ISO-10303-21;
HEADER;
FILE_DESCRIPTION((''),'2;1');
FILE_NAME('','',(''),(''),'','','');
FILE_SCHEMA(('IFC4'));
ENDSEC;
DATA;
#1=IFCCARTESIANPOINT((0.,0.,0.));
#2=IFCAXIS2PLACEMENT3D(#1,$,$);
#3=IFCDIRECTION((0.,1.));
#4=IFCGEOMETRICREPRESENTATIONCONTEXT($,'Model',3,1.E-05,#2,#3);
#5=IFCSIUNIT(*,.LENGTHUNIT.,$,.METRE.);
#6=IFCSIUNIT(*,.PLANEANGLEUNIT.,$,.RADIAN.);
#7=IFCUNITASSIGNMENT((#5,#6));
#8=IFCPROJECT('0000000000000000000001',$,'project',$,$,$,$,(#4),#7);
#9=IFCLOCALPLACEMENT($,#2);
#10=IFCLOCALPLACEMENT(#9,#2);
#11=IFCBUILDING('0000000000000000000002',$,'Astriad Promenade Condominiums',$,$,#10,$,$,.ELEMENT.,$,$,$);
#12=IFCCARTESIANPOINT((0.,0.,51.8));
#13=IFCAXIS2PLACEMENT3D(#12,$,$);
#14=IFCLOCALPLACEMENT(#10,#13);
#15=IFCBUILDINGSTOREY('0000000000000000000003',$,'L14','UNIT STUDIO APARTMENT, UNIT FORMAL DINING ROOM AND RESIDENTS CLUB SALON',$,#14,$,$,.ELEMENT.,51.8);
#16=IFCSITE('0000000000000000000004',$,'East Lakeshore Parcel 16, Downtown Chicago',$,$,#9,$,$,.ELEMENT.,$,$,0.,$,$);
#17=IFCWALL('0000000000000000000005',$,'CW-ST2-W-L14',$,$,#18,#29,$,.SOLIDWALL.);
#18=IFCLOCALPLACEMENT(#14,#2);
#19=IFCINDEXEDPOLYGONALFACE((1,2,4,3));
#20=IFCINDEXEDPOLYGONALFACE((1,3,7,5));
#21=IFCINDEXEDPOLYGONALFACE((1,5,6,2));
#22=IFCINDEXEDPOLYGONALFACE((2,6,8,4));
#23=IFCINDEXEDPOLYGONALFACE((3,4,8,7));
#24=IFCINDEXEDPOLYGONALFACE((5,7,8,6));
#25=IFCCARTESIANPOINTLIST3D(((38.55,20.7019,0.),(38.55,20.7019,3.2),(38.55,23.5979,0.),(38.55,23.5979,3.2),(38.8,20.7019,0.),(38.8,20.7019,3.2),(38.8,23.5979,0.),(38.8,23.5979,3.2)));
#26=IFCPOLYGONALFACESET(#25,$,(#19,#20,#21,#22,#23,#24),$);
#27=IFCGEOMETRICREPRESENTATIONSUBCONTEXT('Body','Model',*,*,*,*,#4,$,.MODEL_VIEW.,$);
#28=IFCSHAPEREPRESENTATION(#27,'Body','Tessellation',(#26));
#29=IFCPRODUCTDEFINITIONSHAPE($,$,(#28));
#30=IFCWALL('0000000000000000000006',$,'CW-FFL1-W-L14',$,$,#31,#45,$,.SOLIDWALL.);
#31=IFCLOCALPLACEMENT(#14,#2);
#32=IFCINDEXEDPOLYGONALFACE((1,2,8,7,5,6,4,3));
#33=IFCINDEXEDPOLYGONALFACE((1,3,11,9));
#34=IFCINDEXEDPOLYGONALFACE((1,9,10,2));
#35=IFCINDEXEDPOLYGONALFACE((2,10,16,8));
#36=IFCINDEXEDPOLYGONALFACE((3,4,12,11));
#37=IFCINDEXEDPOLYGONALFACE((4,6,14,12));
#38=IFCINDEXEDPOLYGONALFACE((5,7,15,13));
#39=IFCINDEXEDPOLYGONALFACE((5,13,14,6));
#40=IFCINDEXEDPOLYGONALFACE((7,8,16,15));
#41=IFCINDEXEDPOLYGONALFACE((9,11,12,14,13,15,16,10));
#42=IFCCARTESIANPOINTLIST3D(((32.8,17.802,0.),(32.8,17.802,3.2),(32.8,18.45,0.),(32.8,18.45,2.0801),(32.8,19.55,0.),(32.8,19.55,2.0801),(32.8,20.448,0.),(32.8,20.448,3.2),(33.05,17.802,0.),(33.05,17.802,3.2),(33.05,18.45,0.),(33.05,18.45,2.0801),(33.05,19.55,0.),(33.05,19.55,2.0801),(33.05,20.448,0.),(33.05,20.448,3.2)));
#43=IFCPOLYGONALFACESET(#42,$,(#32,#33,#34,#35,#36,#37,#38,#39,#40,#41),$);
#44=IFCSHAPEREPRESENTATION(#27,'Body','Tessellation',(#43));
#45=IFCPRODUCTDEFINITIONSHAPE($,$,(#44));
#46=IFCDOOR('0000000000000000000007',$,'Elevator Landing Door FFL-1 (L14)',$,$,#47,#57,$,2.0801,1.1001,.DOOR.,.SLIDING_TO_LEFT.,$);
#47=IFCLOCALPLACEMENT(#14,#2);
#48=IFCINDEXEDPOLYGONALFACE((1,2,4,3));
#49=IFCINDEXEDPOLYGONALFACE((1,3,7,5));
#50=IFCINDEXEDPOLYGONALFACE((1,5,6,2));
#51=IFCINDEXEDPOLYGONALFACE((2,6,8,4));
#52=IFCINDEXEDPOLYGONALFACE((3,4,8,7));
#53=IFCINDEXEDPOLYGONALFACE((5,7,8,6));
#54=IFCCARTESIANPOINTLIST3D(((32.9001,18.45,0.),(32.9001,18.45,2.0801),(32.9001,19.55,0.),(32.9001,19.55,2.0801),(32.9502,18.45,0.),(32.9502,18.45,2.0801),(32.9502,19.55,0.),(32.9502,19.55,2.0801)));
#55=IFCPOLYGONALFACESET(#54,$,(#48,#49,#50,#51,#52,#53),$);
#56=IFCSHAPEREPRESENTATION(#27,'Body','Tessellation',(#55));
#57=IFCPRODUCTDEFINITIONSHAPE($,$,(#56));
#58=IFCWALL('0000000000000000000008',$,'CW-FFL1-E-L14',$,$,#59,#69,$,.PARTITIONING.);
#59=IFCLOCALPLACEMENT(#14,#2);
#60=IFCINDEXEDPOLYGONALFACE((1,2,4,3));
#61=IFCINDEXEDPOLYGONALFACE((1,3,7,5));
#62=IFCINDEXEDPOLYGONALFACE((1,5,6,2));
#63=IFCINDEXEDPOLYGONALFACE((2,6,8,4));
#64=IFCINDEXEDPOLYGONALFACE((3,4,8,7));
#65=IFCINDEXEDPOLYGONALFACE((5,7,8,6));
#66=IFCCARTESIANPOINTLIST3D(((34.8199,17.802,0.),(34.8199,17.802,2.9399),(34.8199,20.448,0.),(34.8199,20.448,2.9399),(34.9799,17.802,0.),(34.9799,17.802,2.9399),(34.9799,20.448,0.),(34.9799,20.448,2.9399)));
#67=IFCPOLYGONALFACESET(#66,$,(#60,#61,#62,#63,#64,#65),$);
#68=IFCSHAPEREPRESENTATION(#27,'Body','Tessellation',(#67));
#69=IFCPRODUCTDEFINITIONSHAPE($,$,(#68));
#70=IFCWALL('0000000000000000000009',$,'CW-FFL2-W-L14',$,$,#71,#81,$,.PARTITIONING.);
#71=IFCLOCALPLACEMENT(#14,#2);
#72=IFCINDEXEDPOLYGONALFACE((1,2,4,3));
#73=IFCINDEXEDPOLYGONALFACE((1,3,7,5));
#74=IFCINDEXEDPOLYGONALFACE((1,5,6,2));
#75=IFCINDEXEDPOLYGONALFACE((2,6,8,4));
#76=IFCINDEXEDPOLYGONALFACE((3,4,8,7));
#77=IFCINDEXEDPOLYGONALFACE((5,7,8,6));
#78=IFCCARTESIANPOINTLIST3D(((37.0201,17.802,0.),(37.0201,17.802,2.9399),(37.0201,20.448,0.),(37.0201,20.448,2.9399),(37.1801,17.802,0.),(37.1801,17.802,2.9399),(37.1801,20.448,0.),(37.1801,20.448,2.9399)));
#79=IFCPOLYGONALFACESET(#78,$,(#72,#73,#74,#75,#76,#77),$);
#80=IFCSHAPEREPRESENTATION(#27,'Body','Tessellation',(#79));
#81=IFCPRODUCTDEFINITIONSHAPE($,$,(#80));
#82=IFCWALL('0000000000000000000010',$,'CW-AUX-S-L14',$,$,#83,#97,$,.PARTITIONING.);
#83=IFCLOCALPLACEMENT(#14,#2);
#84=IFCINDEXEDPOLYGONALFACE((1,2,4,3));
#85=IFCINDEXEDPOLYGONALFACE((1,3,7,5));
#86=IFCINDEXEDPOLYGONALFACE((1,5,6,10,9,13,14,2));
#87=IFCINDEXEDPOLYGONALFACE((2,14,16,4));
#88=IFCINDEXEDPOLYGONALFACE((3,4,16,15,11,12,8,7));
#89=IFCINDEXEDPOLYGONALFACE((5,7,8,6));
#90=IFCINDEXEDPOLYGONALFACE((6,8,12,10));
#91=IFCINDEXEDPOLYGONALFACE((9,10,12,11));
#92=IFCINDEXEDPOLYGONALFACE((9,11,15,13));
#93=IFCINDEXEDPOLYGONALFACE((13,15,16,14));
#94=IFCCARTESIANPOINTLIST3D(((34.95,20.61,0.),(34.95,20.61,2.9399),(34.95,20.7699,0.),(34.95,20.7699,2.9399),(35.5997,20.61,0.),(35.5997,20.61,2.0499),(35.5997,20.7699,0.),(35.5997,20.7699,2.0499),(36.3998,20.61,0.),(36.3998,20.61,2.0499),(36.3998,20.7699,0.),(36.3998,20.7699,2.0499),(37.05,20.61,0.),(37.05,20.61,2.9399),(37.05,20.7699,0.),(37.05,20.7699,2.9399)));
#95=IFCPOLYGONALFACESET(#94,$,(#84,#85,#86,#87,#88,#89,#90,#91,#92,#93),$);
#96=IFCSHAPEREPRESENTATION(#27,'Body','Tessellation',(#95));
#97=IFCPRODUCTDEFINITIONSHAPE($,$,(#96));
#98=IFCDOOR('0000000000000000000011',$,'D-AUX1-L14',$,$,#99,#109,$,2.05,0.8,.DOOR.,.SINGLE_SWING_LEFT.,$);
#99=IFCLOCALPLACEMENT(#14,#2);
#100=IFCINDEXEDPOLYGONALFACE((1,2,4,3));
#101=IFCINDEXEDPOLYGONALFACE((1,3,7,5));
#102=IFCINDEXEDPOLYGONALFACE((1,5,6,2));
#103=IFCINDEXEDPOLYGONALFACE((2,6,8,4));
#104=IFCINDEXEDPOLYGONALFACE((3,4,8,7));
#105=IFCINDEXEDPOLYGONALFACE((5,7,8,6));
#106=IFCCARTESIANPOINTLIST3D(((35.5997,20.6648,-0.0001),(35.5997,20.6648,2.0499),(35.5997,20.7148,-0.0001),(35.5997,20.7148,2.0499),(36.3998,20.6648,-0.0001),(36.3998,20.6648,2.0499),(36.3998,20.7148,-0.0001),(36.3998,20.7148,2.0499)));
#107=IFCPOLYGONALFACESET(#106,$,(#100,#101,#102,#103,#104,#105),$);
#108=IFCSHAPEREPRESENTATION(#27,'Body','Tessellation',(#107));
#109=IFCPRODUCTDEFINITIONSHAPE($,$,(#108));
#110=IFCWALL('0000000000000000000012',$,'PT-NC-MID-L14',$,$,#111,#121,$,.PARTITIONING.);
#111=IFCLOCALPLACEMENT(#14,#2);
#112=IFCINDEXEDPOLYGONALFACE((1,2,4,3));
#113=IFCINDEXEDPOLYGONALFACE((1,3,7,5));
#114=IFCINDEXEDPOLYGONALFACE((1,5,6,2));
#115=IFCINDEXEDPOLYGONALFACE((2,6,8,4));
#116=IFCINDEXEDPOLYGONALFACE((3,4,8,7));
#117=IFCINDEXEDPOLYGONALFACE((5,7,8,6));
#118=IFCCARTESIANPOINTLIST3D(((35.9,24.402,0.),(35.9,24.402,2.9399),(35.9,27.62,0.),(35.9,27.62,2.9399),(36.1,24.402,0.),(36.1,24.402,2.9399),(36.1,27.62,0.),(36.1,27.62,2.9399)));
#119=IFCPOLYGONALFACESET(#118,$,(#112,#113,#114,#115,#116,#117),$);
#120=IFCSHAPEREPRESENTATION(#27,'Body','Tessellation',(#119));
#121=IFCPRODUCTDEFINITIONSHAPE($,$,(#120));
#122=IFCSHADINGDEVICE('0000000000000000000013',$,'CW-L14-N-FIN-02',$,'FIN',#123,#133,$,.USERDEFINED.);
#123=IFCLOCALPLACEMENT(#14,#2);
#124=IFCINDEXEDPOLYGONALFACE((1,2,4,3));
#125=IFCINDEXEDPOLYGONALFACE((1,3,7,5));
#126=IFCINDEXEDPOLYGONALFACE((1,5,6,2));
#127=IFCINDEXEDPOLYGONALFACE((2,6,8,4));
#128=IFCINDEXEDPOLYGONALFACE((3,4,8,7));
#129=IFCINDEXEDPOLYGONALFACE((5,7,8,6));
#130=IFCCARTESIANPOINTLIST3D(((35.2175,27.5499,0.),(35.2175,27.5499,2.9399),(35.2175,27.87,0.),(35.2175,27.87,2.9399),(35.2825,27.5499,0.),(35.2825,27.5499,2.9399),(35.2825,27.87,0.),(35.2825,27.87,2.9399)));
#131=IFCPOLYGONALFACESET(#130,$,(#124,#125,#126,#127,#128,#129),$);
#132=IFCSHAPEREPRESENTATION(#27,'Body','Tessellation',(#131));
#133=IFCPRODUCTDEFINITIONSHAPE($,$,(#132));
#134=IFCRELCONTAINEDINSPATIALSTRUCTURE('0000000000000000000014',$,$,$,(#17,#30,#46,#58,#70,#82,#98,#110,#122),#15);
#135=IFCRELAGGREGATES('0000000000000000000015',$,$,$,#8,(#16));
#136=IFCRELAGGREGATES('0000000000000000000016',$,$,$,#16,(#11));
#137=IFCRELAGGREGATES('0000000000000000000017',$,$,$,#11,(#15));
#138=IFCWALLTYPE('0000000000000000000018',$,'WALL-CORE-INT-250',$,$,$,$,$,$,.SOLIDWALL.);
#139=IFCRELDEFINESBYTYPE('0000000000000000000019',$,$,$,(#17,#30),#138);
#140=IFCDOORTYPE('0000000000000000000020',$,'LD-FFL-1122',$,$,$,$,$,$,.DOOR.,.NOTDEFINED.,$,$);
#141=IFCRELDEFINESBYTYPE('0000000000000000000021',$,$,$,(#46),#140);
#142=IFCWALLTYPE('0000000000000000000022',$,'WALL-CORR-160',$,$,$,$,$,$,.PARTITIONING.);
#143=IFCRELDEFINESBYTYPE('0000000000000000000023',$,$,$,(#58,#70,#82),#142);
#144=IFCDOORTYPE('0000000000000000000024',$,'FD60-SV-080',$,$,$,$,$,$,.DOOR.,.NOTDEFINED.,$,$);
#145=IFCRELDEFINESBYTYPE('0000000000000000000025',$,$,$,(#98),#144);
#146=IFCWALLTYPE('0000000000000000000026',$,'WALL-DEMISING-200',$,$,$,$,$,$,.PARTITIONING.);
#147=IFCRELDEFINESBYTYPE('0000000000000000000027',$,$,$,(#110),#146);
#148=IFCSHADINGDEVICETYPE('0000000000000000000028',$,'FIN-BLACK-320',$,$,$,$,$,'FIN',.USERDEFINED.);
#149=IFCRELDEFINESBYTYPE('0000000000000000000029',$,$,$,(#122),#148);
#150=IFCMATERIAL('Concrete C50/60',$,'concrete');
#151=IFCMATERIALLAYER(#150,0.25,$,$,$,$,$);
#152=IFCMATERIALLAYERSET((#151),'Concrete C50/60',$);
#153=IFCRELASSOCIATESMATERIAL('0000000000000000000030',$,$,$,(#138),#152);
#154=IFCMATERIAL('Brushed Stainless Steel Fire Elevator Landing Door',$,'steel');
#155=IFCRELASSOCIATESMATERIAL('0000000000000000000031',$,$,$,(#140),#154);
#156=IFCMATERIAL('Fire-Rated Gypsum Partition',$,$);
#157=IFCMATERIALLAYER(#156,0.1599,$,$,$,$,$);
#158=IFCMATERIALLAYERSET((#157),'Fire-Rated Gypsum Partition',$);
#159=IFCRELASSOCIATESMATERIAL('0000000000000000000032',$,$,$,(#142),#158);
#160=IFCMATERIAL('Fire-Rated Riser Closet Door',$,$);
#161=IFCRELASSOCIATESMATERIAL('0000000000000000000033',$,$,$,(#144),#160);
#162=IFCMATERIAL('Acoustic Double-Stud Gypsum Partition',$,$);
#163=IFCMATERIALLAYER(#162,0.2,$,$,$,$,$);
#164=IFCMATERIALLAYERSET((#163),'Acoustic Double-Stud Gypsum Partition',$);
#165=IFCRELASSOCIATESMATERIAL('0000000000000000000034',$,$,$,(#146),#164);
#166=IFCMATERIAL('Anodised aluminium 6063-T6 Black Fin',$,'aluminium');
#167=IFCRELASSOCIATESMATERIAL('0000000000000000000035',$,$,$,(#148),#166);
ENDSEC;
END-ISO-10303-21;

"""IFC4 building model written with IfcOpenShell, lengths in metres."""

from ifc_helpers import new_model, si_unit, direction, frame, frame_2d, origin, origin_2d, place, context, subcontext, project, spatial, rectangle, extrude, source, transform, mapped, material, layer, layer_set, type_object, type_shapes, element, fill, save


model = new_model("IFC4")

# Units and contexts
model_context = context("Model", 3, precision=1e-05, world=origin(), true_north=direction((0.0, 1.0)))
body_context = subcontext(model_context, "Body", "Model", "MODEL_VIEW")
ifc_project = project(units=[si_unit("LENGTHUNIT", "METRE"), si_unit("PLANEANGLEUNIT", "RADIAN")], contexts=[model_context])

# Site, building, storey
site_placement = place(None, origin())
site = spatial("IfcSite", under=ifc_project, at=site_placement, Name="East Lakeshore Parcel 16, Downtown Chicago", CompositionType="ELEMENT", RefElevation=0.0)
building_placement = place(site_placement, origin())
building = spatial("IfcBuilding", under=site, at=building_placement, Name="Astriad Promenade Condominiums", CompositionType="ELEMENT")
storey_placement = place(building_placement, frame((0.0, 0.0, 51.8)))
storey = spatial("IfcBuildingStorey", under=building, at=storey_placement, Name="L14", Description="UNIT STUDIO APARTMENT, UNIT FORMAL DINING ROOM AND RESIDENTS CLUB SALON", CompositionType="ELEMENT", Elevation=51.8)

# Shared definitions
ifc_material_1 = material(Name="Concrete C50/60", Category="concrete")
ifc_layer_1 = layer(ifc_material_1, 0.25)
ifc_layer_set_1 = layer_set([ifc_layer_1], Name="Concrete C50/60")
wall_type_1 = type_object("IfcWallType", Name="WALL-CORE-INT-250", PredefinedType="SOLIDWALL", material=ifc_layer_set_1)

# Wall
for number, where, z_axis, x_axis, name in (
    (1, (38.675, 20.7019, 0.0), (0.0, 0.0, 1.0), (0.0, 1.0, 0.0), "CW-ST2-W-L14"),
):
    element("IfcWall", number, at=place(storey_placement, frame(where, z_axis=z_axis, x_axis=x_axis)), inside=storey, type_object=wall_type_1, Name=name, PredefinedType="SOLIDWALL", context=body_context, shape_type="SweptSolid", body=[
        extrude(rectangle(XDim=2.896, YDim=0.25, at=frame_2d((1.448, 0.0))), origin(), (0.0, 0.0, 1.0), 3.2),
    ])

# Wall, opening, door
wall_1_placement = place(storey_placement, frame((32.925, 17.802, 0.0), z_axis=(0.0, 0.0, 1.0), x_axis=(0.0, 1.0, 0.0)))
wall_1 = element("IfcWall", 2, at=wall_1_placement, inside=storey, type_object=wall_type_1, Name="CW-FFL1-W-L14", PredefinedType="SOLIDWALL", context=body_context, shape_type="SweptSolid", body=[
    extrude(rectangle(XDim=2.646, YDim=0.25, at=frame_2d((1.323, 0.0))), origin(), (0.0, 0.0, 1.0), 3.2),
])
opening_1_placement = place(wall_1_placement, frame((0.6479, 0.0, 0.0)))
opening_1 = element("IfcOpeningElement", 3, at=opening_1_placement, cuts=wall_1, PredefinedType="OPENING", context=body_context, shape_type="SweptSolid", body=[
    extrude(rectangle(XDim=1.1001, YDim=2.0801, at=frame_2d((0.55, 1.04))), frame((0.0, 0.135, 0.0), z_axis=(0.0, -1.0, 0.0), x_axis=(1.0, 0.0, 0.0)), (0.0, 0.0, 1.0), 0.27),
])
ifc_material_2 = material(Name="Brushed Stainless Steel Fire Elevator Landing Door", Category="steel")
door_type_1 = type_object("IfcDoorType", Name="LD-FFL-1122", OperationType="NOTDEFINED", PredefinedType="DOOR", material=ifc_material_2)
shared_shape_1 = source(origin(), body_context, "Body", "SweptSolid", [
    extrude(rectangle(XDim=1.1001, YDim=2.0801, at=frame_2d((0.55, 1.04))), frame((0.0, 0.0249, 0.0), z_axis=(0.0, -1.0, 0.0), x_axis=(1.0, 0.0, 0.0)), (0.0, 0.0, 1.0), 0.05),
])
type_shapes(door_type_1, [shared_shape_1])
door_1_placement = place(opening_1_placement, origin())
door_1 = element("IfcDoor", 4, at=door_1_placement, inside=storey, type_object=door_type_1, Name="Elevator Landing Door FFL-1 (L14)", OperationType="SLIDING_TO_LEFT", OverallHeight=2.0801, OverallWidth=1.1001, PredefinedType="DOOR", context=body_context, shape_type="MappedRepresentation", body=[
    mapped(shared_shape_1, transform((0.0, 0.0, 0.0), scale=1.0)),
])
fill(opening_1, door_1)

# Walls
ifc_material_3 = material(Name="Fire-Rated Gypsum Partition")
ifc_layer_2 = layer(ifc_material_3, 0.1599)
ifc_layer_set_2 = layer_set([ifc_layer_2], Name="Fire-Rated Gypsum Partition")
wall_type_2 = type_object("IfcWallType", Name="WALL-CORR-160", PredefinedType="PARTITIONING", material=ifc_layer_set_2)
for number, where, z_axis, x_axis, name in (
    (5, (34.8999, 17.802, 0.0), (0.0, 0.0, 1.0), (0.0, 1.0, 0.0), "CW-FFL1-E-L14"),
    (6, (37.1001, 17.802, 0.0), (0.0, 0.0, 1.0), (0.0, 1.0, 0.0), "CW-FFL2-W-L14"),
):
    element("IfcWall", number, at=place(storey_placement, frame(where, z_axis=z_axis, x_axis=x_axis)), inside=storey, type_object=wall_type_2, Name=name, PredefinedType="PARTITIONING", context=body_context, shape_type="SweptSolid", body=[
        extrude(rectangle(XDim=2.646, YDim=0.1599, at=frame_2d((1.323, 0.0))), origin(), (0.0, 0.0, 1.0), 2.9399),
    ])

# Wall, opening, door
wall_2_placement = place(storey_placement, frame((34.95, 20.6899, 0.0), z_axis=(0.0, 0.0, 1.0), x_axis=(1.0, 0.0, 0.0)))
wall_2 = element("IfcWall", 7, at=wall_2_placement, inside=storey, type_object=wall_type_2, Name="CW-AUX-S-L14", PredefinedType="PARTITIONING", context=body_context, shape_type="SweptSolid", body=[
    extrude(rectangle(XDim=2.1001, YDim=0.1599, at=frame_2d((1.05, 0.0))), origin(), (0.0, 0.0, 1.0), 2.9399),
])
opening_2_placement = place(wall_2_placement, frame((0.6499, 0.0, 0.0)))
opening_2 = element("IfcOpeningElement", 8, at=opening_2_placement, cuts=wall_2, PredefinedType="OPENING", context=body_context, shape_type="SweptSolid", body=[
    extrude(rectangle(XDim=0.8, YDim=2.05, at=frame_2d((0.3999, 1.0249))), frame((0.0, 0.0898, 0.0), z_axis=(0.0, -1.0, 0.0), x_axis=(1.0, 0.0, 0.0)), (0.0, 0.0, 1.0), 0.1799),
])
ifc_material_4 = material(Name="Fire-Rated Riser Closet Door")
door_type_2 = type_object("IfcDoorType", Name="FD60-SV-080", OperationType="NOTDEFINED", PredefinedType="DOOR", material=ifc_material_4)
shared_shape_2 = source(origin(), body_context, "Body", "SweptSolid", [
    extrude(rectangle(XDim=0.8, YDim=2.05, at=frame_2d((0.3999, 1.0249))), frame((0.0, 0.0249, 0.0), z_axis=(0.0, -1.0, 0.0), x_axis=(1.0, 0.0, 0.0)), (0.0, 0.0, 1.0), 0.05),
])
type_shapes(door_type_2, [shared_shape_2])
door_2_placement = place(opening_2_placement, origin())
door_2 = element("IfcDoor", 9, at=door_2_placement, inside=storey, type_object=door_type_2, Name="D-AUX1-L14", OperationType="SINGLE_SWING_LEFT", OverallHeight=2.05, OverallWidth=0.8, PredefinedType="DOOR", context=body_context, shape_type="MappedRepresentation", body=[
    mapped(shared_shape_2, transform((0.0, 0.0, 0.0), scale=1.0)),
])
fill(opening_2, door_2)

# Wall
ifc_material_5 = material(Name="Acoustic Double-Stud Gypsum Partition")
ifc_layer_3 = layer(ifc_material_5, 0.2)
ifc_layer_set_3 = layer_set([ifc_layer_3], Name="Acoustic Double-Stud Gypsum Partition")
wall_type_3 = type_object("IfcWallType", Name="WALL-DEMISING-200", PredefinedType="PARTITIONING", material=ifc_layer_set_3)
wall_3_placement = place(storey_placement, frame((36.0, 24.4021, 0.0), z_axis=(0.0, 0.0, 1.0), x_axis=(0.0, 1.0, 0.0)))
element("IfcWall", 10, at=wall_3_placement, inside=storey, type_object=wall_type_3, Name="PT-NC-MID-L14", PredefinedType="PARTITIONING", context=body_context, shape_type="SweptSolid", body=[
    extrude(rectangle(XDim=3.218, YDim=0.2, at=frame_2d((1.6089, 0.0))), origin(), (0.0, 0.0, 1.0), 2.9399),
])

# Shading device
ifc_material_6 = material(Name="Anodised aluminium 6063-T6 Black Fin", Category="aluminium")
shading_device_type = type_object("IfcShadingDeviceType", Name="FIN-BLACK-320", ElementType="FIN", PredefinedType="USERDEFINED", material=ifc_material_6)
shared_shape_3 = source(origin(), body_context, "Body", "SweptSolid", [
    extrude(rectangle(XDim=0.0649, YDim=0.3201, at=origin_2d()), origin(), (0.0, 0.0, 1.0), 2.9399),
])
type_shapes(shading_device_type, [shared_shape_3])
shading_device_placement = place(storey_placement, frame((35.25, 27.71, 0.0), z_axis=(0.0, 0.0, 1.0), x_axis=(1.0, 0.0, 0.0)))
element("IfcShadingDevice", 11, at=shading_device_placement, inside=storey, type_object=shading_device_type, Name="CW-L14-N-FIN-02", ObjectType="FIN", PredefinedType="USERDEFINED", context=body_context, shape_type="MappedRepresentation", body=[
    mapped(shared_shape_3, transform((0.0, 0.0, 0.0), scale=1.0)),
])

save(model, "model.ifc")
